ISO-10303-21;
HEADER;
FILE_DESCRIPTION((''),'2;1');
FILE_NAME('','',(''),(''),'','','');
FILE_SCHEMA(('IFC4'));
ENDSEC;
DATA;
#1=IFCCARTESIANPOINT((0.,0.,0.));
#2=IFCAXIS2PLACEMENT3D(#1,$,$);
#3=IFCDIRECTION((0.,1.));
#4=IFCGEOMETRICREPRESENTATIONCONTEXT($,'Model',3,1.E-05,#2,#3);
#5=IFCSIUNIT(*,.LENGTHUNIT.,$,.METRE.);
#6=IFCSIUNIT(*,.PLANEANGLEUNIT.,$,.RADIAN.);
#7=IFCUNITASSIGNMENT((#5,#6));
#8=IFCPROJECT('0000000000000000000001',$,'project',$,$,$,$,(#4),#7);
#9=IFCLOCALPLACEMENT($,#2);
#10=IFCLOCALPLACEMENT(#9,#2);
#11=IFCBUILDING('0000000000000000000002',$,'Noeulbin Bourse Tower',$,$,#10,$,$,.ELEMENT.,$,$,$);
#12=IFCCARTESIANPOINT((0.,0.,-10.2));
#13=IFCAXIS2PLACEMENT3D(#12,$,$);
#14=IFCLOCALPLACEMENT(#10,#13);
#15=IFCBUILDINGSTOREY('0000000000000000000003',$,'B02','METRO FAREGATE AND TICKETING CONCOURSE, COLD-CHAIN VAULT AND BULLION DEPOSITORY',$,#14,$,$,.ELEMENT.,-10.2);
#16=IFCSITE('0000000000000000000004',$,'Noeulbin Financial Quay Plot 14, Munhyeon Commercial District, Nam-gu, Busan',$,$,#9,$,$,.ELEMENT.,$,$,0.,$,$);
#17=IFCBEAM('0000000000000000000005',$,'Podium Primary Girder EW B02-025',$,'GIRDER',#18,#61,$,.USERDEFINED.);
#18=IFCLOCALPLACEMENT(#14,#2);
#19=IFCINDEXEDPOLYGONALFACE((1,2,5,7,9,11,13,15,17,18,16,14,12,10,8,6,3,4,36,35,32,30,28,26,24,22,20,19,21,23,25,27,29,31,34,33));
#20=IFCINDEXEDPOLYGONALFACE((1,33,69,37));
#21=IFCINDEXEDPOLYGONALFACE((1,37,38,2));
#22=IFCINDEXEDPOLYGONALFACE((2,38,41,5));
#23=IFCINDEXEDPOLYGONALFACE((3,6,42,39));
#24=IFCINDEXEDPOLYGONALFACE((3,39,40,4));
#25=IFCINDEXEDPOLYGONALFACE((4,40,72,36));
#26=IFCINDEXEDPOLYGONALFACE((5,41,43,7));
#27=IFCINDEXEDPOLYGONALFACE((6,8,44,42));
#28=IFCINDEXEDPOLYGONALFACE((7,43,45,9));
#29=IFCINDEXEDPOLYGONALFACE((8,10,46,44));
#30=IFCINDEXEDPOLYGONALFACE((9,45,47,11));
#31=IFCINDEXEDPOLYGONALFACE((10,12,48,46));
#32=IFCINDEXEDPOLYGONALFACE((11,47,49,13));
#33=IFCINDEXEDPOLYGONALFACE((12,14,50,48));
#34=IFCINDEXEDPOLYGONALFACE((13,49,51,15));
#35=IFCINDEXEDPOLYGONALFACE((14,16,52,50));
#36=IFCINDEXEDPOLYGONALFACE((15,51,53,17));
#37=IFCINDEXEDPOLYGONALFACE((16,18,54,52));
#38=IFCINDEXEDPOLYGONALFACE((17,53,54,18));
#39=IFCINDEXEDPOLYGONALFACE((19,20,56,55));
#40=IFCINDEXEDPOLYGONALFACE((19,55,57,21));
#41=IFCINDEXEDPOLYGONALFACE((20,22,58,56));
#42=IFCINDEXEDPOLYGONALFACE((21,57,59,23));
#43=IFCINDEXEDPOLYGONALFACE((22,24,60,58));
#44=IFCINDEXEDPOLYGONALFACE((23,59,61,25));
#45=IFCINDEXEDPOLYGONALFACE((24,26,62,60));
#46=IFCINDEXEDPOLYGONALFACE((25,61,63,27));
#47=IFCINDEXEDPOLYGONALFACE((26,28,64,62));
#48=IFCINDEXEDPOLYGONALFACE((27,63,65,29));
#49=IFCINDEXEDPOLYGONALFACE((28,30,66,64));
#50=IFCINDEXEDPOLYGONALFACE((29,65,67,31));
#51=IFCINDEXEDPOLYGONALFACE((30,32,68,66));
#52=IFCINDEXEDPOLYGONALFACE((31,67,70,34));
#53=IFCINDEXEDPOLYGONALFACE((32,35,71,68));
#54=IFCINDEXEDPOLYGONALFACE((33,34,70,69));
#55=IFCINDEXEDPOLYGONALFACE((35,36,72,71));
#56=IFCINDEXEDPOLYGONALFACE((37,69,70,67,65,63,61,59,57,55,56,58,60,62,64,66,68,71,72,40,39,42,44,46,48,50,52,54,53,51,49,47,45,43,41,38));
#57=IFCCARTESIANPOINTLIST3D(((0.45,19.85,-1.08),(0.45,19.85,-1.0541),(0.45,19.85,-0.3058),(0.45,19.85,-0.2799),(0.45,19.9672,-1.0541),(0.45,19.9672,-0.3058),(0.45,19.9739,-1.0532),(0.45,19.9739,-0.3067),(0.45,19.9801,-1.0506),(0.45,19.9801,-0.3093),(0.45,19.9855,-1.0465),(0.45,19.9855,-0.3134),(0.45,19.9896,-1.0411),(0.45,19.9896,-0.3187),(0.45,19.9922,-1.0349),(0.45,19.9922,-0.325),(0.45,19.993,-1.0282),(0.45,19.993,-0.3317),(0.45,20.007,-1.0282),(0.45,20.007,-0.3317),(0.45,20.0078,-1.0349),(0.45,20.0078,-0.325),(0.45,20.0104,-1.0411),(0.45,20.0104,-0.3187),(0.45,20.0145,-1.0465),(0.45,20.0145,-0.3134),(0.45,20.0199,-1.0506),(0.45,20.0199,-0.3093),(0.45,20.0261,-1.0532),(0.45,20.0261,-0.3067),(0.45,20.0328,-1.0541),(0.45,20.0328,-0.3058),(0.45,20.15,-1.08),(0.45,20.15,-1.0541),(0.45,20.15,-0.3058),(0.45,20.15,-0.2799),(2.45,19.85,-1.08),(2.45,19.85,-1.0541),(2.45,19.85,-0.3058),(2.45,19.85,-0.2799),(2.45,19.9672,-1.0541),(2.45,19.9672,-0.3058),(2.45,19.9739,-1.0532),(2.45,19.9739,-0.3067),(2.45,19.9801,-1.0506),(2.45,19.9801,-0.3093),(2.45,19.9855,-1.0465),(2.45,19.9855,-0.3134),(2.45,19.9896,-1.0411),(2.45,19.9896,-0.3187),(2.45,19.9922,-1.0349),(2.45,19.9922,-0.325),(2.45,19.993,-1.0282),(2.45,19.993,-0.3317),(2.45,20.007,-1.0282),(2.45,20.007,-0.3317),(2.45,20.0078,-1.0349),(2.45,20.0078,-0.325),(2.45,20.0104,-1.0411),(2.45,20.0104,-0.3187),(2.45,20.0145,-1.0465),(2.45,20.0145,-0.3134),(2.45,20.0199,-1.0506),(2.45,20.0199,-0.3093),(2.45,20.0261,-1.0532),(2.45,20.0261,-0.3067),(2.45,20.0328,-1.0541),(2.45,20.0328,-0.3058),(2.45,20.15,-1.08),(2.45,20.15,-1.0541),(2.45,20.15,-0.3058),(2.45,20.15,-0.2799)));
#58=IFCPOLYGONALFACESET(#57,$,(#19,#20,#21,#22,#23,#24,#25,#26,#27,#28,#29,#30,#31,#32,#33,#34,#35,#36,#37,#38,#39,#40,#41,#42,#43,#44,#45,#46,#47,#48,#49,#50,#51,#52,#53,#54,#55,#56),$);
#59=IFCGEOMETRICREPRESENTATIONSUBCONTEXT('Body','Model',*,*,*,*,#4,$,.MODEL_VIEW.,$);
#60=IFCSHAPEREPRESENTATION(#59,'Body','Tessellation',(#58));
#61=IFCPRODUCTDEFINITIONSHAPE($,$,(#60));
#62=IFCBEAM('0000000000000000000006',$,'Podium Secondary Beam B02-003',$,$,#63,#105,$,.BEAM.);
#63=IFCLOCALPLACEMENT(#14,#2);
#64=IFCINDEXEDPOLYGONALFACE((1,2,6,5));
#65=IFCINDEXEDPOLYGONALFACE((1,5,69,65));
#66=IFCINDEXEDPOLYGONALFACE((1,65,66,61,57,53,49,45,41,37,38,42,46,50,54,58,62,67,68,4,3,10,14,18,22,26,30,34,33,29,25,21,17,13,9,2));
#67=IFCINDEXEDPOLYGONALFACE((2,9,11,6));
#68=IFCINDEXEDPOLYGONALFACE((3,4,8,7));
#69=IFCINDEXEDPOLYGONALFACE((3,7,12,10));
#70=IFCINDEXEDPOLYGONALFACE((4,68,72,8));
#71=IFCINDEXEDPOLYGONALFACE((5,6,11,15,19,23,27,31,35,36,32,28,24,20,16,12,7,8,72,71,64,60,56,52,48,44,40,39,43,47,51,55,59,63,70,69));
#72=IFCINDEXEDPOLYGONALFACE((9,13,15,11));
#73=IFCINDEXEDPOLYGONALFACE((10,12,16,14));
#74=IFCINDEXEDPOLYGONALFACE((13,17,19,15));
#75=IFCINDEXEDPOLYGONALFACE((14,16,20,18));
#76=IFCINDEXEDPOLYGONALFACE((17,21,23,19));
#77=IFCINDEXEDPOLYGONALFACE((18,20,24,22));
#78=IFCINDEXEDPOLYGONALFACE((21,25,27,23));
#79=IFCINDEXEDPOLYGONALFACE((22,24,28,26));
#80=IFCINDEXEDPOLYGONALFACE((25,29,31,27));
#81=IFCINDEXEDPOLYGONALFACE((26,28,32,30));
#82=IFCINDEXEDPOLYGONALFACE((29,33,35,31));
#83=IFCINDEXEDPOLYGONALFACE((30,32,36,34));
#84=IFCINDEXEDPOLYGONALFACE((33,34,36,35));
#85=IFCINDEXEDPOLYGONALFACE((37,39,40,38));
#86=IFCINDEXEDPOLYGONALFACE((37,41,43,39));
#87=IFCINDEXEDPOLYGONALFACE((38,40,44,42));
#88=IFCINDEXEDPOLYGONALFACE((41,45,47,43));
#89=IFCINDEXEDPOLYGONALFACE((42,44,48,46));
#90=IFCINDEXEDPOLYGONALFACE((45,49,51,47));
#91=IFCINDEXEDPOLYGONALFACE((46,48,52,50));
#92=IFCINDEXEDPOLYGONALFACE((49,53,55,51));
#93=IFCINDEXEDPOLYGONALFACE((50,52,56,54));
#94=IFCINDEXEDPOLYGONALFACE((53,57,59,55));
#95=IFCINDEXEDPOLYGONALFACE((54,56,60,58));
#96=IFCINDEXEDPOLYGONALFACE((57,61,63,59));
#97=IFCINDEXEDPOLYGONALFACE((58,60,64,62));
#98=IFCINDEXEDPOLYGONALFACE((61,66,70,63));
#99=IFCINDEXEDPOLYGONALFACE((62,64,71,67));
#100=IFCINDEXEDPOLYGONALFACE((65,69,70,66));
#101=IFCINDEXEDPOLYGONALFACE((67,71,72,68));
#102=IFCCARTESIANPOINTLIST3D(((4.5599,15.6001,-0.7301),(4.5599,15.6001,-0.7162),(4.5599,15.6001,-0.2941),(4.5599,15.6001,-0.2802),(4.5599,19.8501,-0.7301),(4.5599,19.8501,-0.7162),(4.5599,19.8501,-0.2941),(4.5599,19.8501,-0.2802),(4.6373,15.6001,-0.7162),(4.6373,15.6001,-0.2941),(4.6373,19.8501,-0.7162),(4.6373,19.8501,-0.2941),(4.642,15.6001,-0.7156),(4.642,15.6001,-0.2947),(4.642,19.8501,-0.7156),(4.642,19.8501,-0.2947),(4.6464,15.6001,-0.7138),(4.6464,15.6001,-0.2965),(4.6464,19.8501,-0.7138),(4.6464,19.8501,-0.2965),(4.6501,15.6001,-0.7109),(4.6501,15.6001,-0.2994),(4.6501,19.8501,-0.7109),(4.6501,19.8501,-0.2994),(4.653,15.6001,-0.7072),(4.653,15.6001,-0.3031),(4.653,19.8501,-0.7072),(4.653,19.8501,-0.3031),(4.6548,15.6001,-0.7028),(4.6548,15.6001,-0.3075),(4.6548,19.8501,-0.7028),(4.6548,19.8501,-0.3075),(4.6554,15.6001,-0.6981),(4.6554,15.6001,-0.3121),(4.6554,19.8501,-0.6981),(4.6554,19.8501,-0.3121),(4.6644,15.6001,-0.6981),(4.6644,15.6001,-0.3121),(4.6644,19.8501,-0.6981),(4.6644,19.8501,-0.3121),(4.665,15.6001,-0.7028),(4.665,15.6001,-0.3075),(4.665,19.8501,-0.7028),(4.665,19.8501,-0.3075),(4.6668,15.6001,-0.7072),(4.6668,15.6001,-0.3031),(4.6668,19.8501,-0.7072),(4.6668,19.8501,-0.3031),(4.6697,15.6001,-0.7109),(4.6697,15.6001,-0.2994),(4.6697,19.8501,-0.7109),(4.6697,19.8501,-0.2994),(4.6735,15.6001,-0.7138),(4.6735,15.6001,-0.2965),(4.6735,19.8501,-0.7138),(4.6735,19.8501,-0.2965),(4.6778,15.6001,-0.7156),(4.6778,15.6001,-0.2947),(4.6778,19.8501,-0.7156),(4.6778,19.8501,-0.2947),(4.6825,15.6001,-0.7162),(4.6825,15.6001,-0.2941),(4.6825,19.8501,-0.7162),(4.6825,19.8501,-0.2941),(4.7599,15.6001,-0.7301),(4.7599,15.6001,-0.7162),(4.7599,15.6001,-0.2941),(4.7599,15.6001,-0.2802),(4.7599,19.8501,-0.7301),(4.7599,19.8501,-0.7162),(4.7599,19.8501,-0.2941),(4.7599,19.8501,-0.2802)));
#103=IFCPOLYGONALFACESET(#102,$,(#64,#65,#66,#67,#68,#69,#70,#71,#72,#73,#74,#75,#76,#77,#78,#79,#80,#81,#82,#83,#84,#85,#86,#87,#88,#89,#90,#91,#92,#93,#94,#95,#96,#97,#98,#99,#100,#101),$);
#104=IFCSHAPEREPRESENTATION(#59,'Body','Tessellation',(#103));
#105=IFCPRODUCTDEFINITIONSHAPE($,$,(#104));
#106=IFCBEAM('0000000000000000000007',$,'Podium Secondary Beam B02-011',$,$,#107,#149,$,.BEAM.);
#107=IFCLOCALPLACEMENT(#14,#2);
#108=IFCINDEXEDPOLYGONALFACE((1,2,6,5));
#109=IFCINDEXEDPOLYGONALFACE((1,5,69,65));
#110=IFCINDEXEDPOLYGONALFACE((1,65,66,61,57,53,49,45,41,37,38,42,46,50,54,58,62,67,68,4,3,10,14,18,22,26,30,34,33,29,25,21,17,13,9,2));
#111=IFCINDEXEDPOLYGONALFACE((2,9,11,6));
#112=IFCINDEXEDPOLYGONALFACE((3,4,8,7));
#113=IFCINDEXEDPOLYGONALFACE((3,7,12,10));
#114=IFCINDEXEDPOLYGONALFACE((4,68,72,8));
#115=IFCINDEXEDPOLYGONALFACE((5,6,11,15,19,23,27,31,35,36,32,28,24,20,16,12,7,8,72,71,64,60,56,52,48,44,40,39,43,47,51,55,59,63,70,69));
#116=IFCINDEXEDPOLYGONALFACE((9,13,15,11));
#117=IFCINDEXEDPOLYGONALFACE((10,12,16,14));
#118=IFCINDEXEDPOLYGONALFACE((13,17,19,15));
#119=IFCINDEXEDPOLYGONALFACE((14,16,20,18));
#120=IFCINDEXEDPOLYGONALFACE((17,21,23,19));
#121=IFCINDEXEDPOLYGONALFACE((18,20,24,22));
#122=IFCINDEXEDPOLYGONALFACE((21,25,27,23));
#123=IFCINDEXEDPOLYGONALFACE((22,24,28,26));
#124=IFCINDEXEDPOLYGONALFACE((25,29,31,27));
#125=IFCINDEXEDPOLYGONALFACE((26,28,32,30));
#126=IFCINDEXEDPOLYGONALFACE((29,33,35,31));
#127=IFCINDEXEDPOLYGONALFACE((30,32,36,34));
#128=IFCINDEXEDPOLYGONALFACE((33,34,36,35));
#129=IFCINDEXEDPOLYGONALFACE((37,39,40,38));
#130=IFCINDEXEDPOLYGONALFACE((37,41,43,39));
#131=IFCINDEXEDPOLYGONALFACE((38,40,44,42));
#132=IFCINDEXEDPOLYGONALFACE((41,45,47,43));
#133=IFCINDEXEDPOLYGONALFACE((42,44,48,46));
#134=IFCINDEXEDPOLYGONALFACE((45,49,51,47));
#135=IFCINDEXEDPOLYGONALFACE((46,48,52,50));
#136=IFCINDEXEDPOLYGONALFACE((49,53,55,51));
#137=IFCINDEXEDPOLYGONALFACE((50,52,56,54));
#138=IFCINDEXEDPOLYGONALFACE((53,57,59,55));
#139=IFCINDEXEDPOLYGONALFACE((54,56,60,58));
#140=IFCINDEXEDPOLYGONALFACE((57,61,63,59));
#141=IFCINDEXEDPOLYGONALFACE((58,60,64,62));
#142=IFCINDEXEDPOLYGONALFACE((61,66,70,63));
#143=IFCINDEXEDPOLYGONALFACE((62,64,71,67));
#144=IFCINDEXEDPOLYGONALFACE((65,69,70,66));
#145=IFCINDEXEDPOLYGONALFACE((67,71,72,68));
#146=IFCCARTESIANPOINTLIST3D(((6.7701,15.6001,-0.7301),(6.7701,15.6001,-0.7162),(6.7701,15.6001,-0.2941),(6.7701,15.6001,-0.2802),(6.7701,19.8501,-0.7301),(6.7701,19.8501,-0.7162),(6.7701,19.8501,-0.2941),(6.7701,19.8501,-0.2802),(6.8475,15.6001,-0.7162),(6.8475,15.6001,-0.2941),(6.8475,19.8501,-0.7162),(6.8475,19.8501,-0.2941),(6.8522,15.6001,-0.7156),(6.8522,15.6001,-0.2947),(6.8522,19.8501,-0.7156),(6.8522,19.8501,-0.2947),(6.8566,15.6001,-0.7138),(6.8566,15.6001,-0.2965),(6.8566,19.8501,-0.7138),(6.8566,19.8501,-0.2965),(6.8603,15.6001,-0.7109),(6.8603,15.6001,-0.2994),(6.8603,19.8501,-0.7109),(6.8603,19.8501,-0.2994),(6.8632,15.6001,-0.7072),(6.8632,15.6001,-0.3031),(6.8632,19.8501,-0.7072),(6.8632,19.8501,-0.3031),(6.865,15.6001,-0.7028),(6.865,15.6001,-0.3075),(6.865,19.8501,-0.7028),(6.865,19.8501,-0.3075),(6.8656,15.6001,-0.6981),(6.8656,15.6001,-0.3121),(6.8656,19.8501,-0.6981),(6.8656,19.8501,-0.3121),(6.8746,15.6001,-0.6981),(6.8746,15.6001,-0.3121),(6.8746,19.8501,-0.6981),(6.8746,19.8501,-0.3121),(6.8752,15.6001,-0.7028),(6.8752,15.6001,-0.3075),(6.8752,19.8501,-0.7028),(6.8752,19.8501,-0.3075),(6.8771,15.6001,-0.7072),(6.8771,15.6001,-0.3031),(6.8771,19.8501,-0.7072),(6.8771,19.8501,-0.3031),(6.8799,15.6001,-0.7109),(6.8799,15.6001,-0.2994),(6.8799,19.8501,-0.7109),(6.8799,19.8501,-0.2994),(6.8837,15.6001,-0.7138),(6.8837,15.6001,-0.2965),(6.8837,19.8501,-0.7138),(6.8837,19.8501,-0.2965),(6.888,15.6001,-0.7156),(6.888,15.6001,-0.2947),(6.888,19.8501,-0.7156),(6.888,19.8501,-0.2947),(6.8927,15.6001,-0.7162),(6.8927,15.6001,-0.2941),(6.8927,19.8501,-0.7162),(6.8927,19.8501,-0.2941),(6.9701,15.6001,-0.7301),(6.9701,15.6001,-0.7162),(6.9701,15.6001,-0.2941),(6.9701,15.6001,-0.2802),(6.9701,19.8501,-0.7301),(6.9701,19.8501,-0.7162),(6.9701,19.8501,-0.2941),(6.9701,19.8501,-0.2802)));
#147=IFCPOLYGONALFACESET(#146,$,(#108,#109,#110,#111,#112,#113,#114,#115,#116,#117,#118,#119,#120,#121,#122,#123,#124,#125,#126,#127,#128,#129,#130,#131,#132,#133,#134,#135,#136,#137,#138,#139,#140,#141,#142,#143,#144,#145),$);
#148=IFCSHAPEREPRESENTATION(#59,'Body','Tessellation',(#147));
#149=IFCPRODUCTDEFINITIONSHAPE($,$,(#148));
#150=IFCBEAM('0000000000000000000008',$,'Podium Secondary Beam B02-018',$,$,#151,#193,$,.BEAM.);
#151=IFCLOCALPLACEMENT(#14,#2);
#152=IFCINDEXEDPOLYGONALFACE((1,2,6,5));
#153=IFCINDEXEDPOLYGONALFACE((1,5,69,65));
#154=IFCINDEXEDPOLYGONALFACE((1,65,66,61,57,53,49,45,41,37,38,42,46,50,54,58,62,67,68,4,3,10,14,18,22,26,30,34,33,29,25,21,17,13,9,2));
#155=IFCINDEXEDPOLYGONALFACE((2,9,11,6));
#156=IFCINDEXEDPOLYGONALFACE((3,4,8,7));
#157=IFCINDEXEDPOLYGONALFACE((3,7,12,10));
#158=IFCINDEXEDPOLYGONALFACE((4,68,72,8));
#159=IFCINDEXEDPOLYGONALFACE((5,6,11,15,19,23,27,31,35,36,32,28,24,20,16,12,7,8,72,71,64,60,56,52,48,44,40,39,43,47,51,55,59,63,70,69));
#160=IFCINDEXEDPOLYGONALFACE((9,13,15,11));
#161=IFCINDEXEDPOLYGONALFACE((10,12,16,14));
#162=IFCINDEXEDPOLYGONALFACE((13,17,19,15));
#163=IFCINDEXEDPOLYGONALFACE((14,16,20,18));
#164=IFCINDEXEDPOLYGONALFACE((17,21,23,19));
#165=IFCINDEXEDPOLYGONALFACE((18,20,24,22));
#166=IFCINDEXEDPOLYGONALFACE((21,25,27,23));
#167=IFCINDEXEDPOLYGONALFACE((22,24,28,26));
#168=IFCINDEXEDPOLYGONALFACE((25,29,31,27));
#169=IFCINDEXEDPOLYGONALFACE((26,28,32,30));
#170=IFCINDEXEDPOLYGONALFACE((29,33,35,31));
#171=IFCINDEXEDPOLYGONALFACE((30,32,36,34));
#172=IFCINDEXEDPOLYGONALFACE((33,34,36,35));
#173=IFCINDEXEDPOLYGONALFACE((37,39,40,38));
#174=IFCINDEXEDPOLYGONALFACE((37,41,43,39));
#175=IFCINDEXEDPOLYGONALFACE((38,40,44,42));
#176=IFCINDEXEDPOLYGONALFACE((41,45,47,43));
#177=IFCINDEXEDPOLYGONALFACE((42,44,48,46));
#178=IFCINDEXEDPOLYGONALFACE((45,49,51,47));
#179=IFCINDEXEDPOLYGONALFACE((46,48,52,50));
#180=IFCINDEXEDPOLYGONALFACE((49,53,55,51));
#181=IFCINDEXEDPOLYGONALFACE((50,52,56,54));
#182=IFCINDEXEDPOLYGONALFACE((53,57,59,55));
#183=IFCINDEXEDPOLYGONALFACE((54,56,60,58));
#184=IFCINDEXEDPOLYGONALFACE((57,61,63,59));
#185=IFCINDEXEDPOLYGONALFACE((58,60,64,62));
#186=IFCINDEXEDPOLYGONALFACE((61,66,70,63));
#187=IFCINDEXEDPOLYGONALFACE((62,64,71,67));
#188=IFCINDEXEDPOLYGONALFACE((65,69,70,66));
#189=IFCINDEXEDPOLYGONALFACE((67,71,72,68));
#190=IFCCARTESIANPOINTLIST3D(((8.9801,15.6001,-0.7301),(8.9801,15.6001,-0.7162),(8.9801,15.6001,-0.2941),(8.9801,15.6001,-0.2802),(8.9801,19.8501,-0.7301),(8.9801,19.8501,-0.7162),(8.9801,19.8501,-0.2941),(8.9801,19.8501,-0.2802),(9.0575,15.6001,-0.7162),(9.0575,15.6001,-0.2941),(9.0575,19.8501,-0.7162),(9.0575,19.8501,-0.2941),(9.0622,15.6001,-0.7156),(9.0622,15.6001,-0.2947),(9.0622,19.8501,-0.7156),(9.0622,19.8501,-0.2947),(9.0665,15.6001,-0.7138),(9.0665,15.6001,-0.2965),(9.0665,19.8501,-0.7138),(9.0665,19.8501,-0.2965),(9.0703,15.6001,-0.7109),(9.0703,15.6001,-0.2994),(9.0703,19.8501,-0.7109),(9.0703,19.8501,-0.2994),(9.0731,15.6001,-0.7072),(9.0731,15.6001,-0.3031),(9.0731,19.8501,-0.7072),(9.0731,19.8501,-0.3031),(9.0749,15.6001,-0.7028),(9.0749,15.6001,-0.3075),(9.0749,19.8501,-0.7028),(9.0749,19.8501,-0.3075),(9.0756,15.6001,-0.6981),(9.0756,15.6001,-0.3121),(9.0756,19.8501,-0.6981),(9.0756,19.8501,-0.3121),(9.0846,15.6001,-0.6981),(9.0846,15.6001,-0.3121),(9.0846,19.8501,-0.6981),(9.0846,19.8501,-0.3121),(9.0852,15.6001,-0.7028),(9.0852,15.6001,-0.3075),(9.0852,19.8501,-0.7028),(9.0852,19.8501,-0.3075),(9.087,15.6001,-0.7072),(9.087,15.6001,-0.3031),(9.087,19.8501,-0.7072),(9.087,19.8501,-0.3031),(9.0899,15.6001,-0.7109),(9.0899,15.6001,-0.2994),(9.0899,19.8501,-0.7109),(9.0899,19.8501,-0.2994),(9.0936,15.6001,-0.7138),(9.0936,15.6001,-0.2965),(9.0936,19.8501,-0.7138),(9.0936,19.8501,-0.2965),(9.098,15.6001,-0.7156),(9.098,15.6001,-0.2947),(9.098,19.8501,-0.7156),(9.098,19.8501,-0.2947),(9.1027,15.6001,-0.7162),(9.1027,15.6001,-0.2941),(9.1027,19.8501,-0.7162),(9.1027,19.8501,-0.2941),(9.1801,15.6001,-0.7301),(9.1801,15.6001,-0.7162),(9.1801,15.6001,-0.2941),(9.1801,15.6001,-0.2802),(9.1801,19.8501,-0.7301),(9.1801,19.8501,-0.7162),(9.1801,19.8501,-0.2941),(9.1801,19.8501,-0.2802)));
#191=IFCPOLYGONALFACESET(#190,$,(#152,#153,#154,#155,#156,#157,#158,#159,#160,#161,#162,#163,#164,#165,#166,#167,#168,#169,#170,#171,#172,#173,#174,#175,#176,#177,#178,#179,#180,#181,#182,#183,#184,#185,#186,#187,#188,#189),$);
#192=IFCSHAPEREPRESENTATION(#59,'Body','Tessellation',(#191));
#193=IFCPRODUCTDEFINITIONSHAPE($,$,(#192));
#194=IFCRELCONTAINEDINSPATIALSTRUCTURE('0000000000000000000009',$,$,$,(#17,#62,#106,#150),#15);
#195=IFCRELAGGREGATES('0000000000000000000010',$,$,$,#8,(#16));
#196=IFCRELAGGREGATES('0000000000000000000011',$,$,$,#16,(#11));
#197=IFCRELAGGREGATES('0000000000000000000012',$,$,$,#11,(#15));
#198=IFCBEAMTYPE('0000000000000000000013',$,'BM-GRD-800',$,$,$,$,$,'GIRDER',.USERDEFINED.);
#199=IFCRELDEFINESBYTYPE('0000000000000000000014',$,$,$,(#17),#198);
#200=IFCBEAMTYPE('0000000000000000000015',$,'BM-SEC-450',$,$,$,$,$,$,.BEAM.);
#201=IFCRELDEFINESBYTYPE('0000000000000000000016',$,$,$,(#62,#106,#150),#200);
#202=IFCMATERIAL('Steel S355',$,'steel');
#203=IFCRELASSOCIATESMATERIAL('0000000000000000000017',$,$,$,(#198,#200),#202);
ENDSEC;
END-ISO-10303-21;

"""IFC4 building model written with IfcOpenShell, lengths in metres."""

from ifc_helpers import new_model, si_unit, direction, frame, origin, origin_2d, place, context, subcontext, project, spatial, i_section, extrude, material, material_profile, profile_set, type_object, element, save


model = new_model("IFC4")

# Units and contexts
model_context = context("Model", 3, precision=1e-05, world=origin(), true_north=direction((0.0, 1.0)))
body_context = subcontext(model_context, "Body", "Model", "MODEL_VIEW")
ifc_project = project(units=[si_unit("LENGTHUNIT", "METRE"), si_unit("PLANEANGLEUNIT", "RADIAN")], contexts=[model_context])

# Site, building, storey
site_placement = place(None, origin())
site = spatial("IfcSite", under=ifc_project, at=site_placement, Name="Noeulbin Financial Quay Plot 14, Munhyeon Commercial District, Nam-gu, Busan", CompositionType="ELEMENT", RefElevation=0.0)
building_placement = place(site_placement, origin())
building = spatial("IfcBuilding", under=site, at=building_placement, Name="Noeulbin Bourse Tower", CompositionType="ELEMENT")
storey_placement = place(building_placement, frame((0.0, 0.0, -10.2)))
storey = spatial("IfcBuildingStorey", under=building, at=storey_placement, Name="B02", Description="METRO FAREGATE AND TICKETING CONCOURSE, COLD-CHAIN VAULT AND BULLION DEPOSITORY", CompositionType="ELEMENT", Elevation=-10.2)

# Beams
ifc_material_1 = material(Name="Steel S355", Category="steel")
ifc_material_profile_1 = material_profile(ifc_material_1, i_section(OverallWidth=0.3, OverallDepth=0.8, WebThickness=0.0139, FlangeThickness=0.0259, FilletRadius=0.0259, at=origin_2d()), Name="H-800x300x14x26", Category="LoadBearing")
ifc_profile_set_1 = profile_set([ifc_material_profile_1], Name="Steel S355")
beam_type_1 = type_object("IfcBeamType", Name="BM-GRD-800", ElementType="GIRDER", PredefinedType="USERDEFINED", material=ifc_profile_set_1)
beam_1_placement = place(storey_placement, frame((0.45, 20.0, -0.6799), z_axis=(1.0, 0.0, 0.0), x_axis=(0.0, 1.0, 0.0)))
element("IfcBeam", 1, at=beam_1_placement, inside=storey, type_object=beam_type_1, Name="Podium Primary Girder EW B02-025", ObjectType="GIRDER", PredefinedType="USERDEFINED", context=body_context, shape_type="SweptSolid", body=[
    extrude(i_section(OverallWidth=0.3, OverallDepth=0.8, WebThickness=0.0139, FlangeThickness=0.0259, FilletRadius=0.0259, at=origin_2d()), origin(), (0.0, 0.0, 1.0), 2.0),
])
ifc_material_profile_2 = material_profile(ifc_material_1, i_section(OverallWidth=0.2, OverallDepth=0.45, WebThickness=0.009, FlangeThickness=0.0139, FilletRadius=0.0181, at=origin_2d()), Name="H-450x200x9x14", Category="LoadBearing")
ifc_profile_set_2 = profile_set([ifc_material_profile_2], Name="Steel S355")
beam_type_2 = type_object("IfcBeamType", Name="BM-SEC-450", PredefinedType="BEAM", material=ifc_profile_set_2)
for number, where, z_axis, x_axis, name in (
    (2, (4.6599, 15.6001, -0.5051), (0.0, 1.0, 0.0), (-1.0, 0.0, 0.0), "Podium Secondary Beam B02-003"),
    (3, (6.8701, 15.6001, -0.5051), (0.0, 1.0, 0.0), (-1.0, 0.0, 0.0), "Podium Secondary Beam B02-011"),
    (4, (9.0801, 15.6001, -0.5051), (0.0, 1.0, 0.0), (-1.0, 0.0, 0.0), "Podium Secondary Beam B02-018"),
):
    element("IfcBeam", number, at=place(storey_placement, frame(where, z_axis=z_axis, x_axis=x_axis)), inside=storey, type_object=beam_type_2, Name=name, PredefinedType="BEAM", context=body_context, shape_type="SweptSolid", body=[
        extrude(i_section(OverallWidth=0.2, OverallDepth=0.45, WebThickness=0.009, FlangeThickness=0.0139, FilletRadius=0.0181, at=origin_2d()), origin(), (0.0, 0.0, 1.0), 4.25),
    ])

save(model, "model.ifc")
